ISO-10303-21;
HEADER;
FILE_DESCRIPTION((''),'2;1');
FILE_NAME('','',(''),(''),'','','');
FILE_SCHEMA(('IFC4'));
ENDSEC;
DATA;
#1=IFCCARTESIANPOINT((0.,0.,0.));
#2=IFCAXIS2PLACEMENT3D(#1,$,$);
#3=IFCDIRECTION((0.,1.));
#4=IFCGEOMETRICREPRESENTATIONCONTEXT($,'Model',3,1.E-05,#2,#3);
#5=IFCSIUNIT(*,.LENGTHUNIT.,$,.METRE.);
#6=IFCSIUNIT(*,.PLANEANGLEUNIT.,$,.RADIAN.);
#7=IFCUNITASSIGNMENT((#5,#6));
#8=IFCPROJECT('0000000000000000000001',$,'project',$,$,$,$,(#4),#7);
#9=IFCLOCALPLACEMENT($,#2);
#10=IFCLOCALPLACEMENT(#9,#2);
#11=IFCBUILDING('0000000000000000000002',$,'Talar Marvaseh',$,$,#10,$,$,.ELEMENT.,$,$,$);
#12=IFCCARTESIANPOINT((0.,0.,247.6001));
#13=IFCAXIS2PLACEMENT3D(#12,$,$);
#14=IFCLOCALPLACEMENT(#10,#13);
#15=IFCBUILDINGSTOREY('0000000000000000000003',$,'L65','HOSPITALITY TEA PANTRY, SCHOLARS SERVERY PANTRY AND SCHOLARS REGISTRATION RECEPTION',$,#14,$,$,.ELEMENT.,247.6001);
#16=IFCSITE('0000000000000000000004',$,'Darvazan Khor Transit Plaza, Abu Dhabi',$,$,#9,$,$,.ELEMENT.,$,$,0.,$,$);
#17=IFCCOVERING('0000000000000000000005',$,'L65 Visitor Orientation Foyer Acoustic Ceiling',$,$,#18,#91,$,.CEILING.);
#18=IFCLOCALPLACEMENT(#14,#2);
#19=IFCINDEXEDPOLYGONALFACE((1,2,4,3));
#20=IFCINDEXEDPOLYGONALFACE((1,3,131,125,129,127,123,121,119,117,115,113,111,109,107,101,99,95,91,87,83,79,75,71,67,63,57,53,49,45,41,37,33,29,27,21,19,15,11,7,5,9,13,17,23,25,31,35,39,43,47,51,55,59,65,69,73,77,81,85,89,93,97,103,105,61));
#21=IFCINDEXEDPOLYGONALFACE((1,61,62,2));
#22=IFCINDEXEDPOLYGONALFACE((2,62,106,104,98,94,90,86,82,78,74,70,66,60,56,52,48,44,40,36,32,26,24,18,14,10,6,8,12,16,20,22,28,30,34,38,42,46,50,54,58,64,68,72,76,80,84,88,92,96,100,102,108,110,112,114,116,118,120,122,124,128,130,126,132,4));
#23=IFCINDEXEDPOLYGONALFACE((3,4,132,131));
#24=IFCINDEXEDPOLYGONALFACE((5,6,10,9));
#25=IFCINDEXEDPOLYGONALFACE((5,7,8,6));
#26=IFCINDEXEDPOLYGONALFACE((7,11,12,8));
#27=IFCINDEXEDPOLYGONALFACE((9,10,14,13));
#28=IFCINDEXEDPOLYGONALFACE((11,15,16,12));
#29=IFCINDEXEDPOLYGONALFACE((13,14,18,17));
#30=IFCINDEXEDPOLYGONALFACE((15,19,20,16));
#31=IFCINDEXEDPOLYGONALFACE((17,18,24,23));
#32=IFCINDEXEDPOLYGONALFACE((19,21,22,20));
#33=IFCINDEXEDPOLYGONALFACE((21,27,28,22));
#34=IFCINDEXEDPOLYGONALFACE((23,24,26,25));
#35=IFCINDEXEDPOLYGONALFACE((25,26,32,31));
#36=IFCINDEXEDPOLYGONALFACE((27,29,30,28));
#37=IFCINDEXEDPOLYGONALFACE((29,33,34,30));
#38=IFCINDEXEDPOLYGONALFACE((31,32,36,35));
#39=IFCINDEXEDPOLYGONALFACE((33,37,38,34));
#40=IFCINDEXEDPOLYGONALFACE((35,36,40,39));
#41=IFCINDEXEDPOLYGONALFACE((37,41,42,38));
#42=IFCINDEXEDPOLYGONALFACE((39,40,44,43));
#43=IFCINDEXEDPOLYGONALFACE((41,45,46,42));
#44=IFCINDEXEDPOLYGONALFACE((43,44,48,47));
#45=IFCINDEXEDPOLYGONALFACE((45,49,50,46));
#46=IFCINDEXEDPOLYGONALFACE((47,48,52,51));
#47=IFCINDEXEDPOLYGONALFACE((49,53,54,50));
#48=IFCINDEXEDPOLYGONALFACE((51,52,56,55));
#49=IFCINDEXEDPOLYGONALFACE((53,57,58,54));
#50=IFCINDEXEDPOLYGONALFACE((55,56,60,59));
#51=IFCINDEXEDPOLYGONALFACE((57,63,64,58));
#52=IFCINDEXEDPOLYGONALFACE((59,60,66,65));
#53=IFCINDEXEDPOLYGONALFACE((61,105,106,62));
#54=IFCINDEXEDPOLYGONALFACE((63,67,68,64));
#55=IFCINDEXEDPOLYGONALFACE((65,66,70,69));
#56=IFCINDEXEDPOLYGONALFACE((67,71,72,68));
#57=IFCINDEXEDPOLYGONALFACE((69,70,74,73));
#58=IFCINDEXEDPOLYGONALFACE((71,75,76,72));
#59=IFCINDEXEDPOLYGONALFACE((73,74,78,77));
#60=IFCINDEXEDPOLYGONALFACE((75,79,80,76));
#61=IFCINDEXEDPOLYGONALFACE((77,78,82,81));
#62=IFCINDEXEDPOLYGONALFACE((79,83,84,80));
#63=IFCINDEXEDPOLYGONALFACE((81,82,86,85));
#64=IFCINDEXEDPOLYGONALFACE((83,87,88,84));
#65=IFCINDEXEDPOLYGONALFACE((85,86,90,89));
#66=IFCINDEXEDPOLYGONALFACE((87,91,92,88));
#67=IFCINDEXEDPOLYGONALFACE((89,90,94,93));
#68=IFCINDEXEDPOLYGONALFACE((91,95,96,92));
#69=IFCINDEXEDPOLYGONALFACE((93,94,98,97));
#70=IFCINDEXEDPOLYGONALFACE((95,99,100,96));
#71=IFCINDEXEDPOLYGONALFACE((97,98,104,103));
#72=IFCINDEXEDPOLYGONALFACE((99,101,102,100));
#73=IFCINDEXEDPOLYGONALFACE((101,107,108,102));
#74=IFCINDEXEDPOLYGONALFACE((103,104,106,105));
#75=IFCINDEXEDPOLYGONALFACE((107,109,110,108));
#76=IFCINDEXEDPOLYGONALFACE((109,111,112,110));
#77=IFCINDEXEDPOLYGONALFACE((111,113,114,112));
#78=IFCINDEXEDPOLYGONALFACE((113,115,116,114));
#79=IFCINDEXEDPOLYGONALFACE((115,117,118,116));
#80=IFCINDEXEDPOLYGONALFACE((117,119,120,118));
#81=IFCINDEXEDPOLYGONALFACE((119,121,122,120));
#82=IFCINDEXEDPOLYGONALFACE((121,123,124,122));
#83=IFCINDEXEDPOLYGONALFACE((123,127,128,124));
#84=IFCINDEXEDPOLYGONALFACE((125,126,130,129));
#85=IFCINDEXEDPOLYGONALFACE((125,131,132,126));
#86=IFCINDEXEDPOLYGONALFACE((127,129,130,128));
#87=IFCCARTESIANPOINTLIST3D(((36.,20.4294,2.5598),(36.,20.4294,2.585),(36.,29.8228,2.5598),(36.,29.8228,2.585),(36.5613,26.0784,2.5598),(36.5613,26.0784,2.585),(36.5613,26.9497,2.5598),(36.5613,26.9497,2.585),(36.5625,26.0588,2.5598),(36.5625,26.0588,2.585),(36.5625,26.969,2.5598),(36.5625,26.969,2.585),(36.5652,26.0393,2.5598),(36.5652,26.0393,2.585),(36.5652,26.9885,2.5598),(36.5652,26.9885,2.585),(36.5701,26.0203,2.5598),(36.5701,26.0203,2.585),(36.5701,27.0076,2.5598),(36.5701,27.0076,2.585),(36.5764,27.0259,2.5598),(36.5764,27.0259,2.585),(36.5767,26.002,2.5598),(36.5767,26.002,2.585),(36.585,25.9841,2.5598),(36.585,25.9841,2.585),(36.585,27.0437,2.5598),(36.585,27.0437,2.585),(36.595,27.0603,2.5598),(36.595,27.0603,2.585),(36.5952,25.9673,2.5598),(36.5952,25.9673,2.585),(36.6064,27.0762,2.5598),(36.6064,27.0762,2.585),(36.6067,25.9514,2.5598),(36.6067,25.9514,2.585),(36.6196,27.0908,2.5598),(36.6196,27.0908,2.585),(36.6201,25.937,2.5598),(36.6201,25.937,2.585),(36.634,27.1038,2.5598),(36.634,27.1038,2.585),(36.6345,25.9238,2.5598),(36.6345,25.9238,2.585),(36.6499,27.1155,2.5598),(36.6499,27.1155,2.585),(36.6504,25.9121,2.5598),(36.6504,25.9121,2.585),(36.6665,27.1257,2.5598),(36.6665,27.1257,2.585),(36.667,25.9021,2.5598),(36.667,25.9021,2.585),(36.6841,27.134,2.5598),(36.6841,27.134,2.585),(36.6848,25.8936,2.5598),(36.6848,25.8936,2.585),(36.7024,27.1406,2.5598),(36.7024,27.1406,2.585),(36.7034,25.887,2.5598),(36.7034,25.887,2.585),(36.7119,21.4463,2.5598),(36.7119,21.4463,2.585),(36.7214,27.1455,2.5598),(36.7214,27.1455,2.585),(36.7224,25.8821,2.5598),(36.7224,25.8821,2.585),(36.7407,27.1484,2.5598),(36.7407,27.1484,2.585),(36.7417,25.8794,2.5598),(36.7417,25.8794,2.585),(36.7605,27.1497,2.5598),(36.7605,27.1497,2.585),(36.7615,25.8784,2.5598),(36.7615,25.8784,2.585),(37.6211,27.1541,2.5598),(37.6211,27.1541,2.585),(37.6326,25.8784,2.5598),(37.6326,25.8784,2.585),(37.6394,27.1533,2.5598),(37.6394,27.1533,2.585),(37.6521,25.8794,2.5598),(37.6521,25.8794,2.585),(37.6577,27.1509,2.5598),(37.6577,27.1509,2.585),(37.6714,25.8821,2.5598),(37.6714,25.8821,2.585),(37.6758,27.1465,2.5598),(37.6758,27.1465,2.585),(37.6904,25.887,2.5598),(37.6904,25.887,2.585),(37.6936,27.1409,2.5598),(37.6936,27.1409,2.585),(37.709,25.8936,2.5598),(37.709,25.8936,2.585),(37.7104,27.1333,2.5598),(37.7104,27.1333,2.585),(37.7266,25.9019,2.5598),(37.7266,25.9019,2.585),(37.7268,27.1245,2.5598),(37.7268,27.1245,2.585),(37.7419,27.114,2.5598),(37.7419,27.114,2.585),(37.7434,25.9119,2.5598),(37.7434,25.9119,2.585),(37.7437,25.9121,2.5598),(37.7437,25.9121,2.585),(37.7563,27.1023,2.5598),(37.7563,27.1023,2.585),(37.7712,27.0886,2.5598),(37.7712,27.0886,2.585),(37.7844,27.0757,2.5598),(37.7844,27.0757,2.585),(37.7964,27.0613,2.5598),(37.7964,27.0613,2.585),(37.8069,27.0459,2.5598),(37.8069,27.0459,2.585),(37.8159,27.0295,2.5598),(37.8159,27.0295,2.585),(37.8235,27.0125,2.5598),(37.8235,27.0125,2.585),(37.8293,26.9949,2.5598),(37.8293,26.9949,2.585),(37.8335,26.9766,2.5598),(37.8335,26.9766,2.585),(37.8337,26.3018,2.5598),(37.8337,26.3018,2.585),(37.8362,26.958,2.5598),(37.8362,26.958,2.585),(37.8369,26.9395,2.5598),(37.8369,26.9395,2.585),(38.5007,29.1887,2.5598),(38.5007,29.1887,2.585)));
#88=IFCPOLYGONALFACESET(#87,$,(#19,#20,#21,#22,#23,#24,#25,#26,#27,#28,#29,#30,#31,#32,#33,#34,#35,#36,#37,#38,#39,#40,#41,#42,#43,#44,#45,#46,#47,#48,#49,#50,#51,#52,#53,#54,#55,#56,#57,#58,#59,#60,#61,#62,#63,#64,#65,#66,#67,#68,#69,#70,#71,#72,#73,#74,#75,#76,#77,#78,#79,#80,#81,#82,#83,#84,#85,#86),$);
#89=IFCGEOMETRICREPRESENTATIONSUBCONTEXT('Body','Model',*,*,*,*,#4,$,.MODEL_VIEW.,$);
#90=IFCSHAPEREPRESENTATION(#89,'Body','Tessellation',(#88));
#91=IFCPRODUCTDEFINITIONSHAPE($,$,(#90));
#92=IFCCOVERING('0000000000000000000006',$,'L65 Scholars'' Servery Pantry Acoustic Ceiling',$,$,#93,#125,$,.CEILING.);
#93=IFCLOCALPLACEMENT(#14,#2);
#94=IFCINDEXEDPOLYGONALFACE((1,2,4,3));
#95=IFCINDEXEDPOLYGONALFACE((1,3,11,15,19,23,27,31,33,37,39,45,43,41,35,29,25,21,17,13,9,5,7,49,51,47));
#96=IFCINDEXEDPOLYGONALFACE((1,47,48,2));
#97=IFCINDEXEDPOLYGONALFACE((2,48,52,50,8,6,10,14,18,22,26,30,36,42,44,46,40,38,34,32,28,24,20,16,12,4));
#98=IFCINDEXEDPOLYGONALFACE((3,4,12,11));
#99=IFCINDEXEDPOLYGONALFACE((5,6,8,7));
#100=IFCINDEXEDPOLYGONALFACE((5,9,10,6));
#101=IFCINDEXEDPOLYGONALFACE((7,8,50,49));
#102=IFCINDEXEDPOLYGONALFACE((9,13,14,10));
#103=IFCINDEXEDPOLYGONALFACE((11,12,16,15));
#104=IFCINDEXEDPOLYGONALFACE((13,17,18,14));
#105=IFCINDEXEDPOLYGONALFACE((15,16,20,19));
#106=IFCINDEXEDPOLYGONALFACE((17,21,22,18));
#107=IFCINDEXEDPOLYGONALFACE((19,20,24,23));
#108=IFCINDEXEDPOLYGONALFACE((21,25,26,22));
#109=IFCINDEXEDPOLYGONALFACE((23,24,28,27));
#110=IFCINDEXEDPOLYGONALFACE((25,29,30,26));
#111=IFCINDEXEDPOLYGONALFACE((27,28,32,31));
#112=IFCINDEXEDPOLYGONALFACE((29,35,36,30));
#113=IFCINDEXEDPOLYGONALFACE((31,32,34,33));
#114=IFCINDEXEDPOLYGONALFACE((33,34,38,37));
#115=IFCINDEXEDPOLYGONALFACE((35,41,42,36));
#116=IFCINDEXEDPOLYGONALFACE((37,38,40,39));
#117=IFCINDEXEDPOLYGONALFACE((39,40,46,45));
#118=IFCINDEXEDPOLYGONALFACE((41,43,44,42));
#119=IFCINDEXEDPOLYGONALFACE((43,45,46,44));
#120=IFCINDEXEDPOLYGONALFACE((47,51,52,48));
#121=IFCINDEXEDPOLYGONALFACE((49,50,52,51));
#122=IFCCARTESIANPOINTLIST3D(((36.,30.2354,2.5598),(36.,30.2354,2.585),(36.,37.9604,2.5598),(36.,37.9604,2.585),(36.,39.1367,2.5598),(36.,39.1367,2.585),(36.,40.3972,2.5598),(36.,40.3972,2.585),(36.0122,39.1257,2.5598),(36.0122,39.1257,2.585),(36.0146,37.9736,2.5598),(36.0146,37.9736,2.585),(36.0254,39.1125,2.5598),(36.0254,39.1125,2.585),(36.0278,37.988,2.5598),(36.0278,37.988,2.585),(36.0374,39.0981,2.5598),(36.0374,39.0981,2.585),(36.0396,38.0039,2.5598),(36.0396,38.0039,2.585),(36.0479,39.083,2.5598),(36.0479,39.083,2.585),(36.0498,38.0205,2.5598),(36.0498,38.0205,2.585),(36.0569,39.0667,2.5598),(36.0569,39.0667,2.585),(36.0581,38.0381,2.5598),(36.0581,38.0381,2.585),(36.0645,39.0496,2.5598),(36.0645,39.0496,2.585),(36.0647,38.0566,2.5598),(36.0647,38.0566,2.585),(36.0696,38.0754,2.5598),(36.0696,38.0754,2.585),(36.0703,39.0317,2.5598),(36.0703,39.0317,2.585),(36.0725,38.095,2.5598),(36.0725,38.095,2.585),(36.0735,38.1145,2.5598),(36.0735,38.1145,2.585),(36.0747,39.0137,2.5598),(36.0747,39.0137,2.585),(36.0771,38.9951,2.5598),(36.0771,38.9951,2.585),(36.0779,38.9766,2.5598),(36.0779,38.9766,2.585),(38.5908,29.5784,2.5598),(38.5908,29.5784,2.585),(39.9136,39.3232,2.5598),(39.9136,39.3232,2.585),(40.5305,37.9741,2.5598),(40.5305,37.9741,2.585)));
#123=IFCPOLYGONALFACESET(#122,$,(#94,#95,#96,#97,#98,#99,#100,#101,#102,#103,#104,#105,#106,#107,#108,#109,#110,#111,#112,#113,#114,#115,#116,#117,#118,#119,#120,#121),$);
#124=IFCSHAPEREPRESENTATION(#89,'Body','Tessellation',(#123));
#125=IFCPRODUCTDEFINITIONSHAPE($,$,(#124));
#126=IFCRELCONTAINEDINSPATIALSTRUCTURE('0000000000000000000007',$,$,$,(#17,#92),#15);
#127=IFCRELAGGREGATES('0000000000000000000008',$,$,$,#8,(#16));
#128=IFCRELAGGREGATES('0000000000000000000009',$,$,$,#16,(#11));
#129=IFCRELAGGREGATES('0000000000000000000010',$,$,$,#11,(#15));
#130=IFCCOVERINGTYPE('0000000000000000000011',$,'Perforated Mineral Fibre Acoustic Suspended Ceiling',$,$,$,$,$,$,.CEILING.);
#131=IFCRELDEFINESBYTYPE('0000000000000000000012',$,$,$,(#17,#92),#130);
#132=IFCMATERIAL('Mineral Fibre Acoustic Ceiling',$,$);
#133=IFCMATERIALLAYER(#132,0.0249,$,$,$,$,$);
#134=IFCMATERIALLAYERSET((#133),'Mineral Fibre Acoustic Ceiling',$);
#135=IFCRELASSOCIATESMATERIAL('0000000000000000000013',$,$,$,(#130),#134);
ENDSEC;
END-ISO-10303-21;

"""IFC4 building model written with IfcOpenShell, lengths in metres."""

from ifc_helpers import new_model, si_unit, direction, frame, origin, place, context, subcontext, project, spatial, polyline, outline, extrude, material, layer, layer_set, type_object, element, save


model = new_model("IFC4")

# Units and contexts
model_context = context("Model", 3, precision=1e-05, world=origin(), true_north=direction((0.0, 1.0)))
body_context = subcontext(model_context, "Body", "Model", "MODEL_VIEW")
ifc_project = project(units=[si_unit("LENGTHUNIT", "METRE"), si_unit("PLANEANGLEUNIT", "RADIAN")], contexts=[model_context])

# Site, building, storey
site_placement = place(None, origin())
site = spatial("IfcSite", under=ifc_project, at=site_placement, Name="Darvazan Khor Transit Plaza, Abu Dhabi", CompositionType="ELEMENT", RefElevation=0.0)
building_placement = place(site_placement, origin())
building = spatial("IfcBuilding", under=site, at=building_placement, Name="Talar Marvaseh", CompositionType="ELEMENT")
storey_placement = place(building_placement, frame((0.0, 0.0, 247.6001)))
storey = spatial("IfcBuildingStorey", under=building, at=storey_placement, Name="L65", Description="HOSPITALITY TEA PANTRY, SCHOLARS SERVERY PANTRY AND SCHOLARS REGISTRATION RECEPTION", CompositionType="ELEMENT", Elevation=247.6001)

# Coverings
ifc_material_1 = material(Name="Mineral Fibre Acoustic Ceiling")
ifc_layer_1 = layer(ifc_material_1, 0.0249)
ifc_layer_set_1 = layer_set([ifc_layer_1], Name="Mineral Fibre Acoustic Ceiling")
covering_type_1 = type_object("IfcCoveringType", Name="Perforated Mineral Fibre Acoustic Suspended Ceiling", PredefinedType="CEILING", material=ifc_layer_set_1)
covering_1_placement = place(storey_placement, frame((0.0, 0.0, 2.5598)))
element("IfcCovering", 1, at=covering_1_placement, inside=storey, type_object=covering_type_1, Name="L65 Visitor Orientation Foyer Acoustic Ceiling", PredefinedType="CEILING", context=body_context, shape_type="SweptSolid", body=[
    extrude(outline(polyline([(37.8337, 26.3018), (37.8369, 26.9395), (37.8362, 26.958), (37.8335, 26.9766), (37.8293, 26.9949), (37.8235, 27.0125), (37.8159, 27.0295), (37.8069, 27.0459), (37.7964, 27.0613), (37.7844, 27.0757), (37.7712, 27.0886), (37.7563, 27.1023), (37.7419, 27.114), (37.7268, 27.1245), (37.7104, 27.1333), (37.6936, 27.1409), (37.6758, 27.1465), (37.6577, 27.1509), (37.6394, 27.1533), (37.6211, 27.1541), (36.7605, 27.1497), (36.7407, 27.1484), (36.7214, 27.1455), (36.7024, 27.1406), (36.6841, 27.134), (36.6665, 27.1257), (36.6499, 27.1155), (36.634, 27.1038), (36.6196, 27.0908), (36.6064, 27.0762), (36.595, 27.0603), (36.585, 27.0437), (36.5764, 27.0259), (36.5701, 27.0076), (36.5652, 26.9885), (36.5625, 26.969), (36.5613, 26.9497), (36.5613, 26.0784), (36.5625, 26.0588), (36.5652, 26.0393), (36.5701, 26.0203), (36.5767, 26.002), (36.585, 25.9841), (36.5952, 25.9673), (36.6067, 25.9514), (36.6201, 25.937), (36.6345, 25.9238), (36.6504, 25.9121), (36.667, 25.9021), (36.6848, 25.8936), (36.7034, 25.887), (36.7224, 25.8821), (36.7417, 25.8794), (36.7615, 25.8784), (37.6326, 25.8784), (37.6521, 25.8794), (37.6714, 25.8821), (37.6904, 25.887), (37.709, 25.8936), (37.7266, 25.9019), (37.7434, 25.9119), (37.7437, 25.9121), (36.7119, 21.4463), (36.0, 20.4294), (36.0, 29.8228), (38.5007, 29.1887), (37.8337, 26.3018)])), origin(), (0.0, 0.0, 1.0), 0.0251),
])
covering_2_placement = place(storey_placement, frame((0.0, 0.0, 2.5598)))
element("IfcCovering", 2, at=covering_2_placement, inside=storey, type_object=covering_type_1, Name="L65 Scholars' Servery Pantry Acoustic Ceiling", PredefinedType="CEILING", context=body_context, shape_type="SweptSolid", body=[
    extrude(outline(polyline([(40.5305, 37.9741), (38.5908, 29.5784), (36.0, 30.2354), (36.0, 37.9604), (36.0, 37.9604), (36.0146, 37.9736), (36.0278, 37.988), (36.0396, 38.0039), (36.0498, 38.0205), (36.0581, 38.0381), (36.0647, 38.0566), (36.0696, 38.0754), (36.0725, 38.095), (36.0735, 38.1145), (36.0779, 38.9766), (36.0771, 38.9951), (36.0747, 39.0137), (36.0703, 39.0317), (36.0645, 39.0496), (36.0569, 39.0667), (36.0479, 39.083), (36.0374, 39.0981), (36.0254, 39.1125), (36.0122, 39.1257), (36.0, 39.1367), (36.0, 40.3972), (39.9136, 39.3232), (40.5305, 37.9741)])), origin(), (0.0, 0.0, 1.0), 0.0251),
])

save(model, "model.ifc")
